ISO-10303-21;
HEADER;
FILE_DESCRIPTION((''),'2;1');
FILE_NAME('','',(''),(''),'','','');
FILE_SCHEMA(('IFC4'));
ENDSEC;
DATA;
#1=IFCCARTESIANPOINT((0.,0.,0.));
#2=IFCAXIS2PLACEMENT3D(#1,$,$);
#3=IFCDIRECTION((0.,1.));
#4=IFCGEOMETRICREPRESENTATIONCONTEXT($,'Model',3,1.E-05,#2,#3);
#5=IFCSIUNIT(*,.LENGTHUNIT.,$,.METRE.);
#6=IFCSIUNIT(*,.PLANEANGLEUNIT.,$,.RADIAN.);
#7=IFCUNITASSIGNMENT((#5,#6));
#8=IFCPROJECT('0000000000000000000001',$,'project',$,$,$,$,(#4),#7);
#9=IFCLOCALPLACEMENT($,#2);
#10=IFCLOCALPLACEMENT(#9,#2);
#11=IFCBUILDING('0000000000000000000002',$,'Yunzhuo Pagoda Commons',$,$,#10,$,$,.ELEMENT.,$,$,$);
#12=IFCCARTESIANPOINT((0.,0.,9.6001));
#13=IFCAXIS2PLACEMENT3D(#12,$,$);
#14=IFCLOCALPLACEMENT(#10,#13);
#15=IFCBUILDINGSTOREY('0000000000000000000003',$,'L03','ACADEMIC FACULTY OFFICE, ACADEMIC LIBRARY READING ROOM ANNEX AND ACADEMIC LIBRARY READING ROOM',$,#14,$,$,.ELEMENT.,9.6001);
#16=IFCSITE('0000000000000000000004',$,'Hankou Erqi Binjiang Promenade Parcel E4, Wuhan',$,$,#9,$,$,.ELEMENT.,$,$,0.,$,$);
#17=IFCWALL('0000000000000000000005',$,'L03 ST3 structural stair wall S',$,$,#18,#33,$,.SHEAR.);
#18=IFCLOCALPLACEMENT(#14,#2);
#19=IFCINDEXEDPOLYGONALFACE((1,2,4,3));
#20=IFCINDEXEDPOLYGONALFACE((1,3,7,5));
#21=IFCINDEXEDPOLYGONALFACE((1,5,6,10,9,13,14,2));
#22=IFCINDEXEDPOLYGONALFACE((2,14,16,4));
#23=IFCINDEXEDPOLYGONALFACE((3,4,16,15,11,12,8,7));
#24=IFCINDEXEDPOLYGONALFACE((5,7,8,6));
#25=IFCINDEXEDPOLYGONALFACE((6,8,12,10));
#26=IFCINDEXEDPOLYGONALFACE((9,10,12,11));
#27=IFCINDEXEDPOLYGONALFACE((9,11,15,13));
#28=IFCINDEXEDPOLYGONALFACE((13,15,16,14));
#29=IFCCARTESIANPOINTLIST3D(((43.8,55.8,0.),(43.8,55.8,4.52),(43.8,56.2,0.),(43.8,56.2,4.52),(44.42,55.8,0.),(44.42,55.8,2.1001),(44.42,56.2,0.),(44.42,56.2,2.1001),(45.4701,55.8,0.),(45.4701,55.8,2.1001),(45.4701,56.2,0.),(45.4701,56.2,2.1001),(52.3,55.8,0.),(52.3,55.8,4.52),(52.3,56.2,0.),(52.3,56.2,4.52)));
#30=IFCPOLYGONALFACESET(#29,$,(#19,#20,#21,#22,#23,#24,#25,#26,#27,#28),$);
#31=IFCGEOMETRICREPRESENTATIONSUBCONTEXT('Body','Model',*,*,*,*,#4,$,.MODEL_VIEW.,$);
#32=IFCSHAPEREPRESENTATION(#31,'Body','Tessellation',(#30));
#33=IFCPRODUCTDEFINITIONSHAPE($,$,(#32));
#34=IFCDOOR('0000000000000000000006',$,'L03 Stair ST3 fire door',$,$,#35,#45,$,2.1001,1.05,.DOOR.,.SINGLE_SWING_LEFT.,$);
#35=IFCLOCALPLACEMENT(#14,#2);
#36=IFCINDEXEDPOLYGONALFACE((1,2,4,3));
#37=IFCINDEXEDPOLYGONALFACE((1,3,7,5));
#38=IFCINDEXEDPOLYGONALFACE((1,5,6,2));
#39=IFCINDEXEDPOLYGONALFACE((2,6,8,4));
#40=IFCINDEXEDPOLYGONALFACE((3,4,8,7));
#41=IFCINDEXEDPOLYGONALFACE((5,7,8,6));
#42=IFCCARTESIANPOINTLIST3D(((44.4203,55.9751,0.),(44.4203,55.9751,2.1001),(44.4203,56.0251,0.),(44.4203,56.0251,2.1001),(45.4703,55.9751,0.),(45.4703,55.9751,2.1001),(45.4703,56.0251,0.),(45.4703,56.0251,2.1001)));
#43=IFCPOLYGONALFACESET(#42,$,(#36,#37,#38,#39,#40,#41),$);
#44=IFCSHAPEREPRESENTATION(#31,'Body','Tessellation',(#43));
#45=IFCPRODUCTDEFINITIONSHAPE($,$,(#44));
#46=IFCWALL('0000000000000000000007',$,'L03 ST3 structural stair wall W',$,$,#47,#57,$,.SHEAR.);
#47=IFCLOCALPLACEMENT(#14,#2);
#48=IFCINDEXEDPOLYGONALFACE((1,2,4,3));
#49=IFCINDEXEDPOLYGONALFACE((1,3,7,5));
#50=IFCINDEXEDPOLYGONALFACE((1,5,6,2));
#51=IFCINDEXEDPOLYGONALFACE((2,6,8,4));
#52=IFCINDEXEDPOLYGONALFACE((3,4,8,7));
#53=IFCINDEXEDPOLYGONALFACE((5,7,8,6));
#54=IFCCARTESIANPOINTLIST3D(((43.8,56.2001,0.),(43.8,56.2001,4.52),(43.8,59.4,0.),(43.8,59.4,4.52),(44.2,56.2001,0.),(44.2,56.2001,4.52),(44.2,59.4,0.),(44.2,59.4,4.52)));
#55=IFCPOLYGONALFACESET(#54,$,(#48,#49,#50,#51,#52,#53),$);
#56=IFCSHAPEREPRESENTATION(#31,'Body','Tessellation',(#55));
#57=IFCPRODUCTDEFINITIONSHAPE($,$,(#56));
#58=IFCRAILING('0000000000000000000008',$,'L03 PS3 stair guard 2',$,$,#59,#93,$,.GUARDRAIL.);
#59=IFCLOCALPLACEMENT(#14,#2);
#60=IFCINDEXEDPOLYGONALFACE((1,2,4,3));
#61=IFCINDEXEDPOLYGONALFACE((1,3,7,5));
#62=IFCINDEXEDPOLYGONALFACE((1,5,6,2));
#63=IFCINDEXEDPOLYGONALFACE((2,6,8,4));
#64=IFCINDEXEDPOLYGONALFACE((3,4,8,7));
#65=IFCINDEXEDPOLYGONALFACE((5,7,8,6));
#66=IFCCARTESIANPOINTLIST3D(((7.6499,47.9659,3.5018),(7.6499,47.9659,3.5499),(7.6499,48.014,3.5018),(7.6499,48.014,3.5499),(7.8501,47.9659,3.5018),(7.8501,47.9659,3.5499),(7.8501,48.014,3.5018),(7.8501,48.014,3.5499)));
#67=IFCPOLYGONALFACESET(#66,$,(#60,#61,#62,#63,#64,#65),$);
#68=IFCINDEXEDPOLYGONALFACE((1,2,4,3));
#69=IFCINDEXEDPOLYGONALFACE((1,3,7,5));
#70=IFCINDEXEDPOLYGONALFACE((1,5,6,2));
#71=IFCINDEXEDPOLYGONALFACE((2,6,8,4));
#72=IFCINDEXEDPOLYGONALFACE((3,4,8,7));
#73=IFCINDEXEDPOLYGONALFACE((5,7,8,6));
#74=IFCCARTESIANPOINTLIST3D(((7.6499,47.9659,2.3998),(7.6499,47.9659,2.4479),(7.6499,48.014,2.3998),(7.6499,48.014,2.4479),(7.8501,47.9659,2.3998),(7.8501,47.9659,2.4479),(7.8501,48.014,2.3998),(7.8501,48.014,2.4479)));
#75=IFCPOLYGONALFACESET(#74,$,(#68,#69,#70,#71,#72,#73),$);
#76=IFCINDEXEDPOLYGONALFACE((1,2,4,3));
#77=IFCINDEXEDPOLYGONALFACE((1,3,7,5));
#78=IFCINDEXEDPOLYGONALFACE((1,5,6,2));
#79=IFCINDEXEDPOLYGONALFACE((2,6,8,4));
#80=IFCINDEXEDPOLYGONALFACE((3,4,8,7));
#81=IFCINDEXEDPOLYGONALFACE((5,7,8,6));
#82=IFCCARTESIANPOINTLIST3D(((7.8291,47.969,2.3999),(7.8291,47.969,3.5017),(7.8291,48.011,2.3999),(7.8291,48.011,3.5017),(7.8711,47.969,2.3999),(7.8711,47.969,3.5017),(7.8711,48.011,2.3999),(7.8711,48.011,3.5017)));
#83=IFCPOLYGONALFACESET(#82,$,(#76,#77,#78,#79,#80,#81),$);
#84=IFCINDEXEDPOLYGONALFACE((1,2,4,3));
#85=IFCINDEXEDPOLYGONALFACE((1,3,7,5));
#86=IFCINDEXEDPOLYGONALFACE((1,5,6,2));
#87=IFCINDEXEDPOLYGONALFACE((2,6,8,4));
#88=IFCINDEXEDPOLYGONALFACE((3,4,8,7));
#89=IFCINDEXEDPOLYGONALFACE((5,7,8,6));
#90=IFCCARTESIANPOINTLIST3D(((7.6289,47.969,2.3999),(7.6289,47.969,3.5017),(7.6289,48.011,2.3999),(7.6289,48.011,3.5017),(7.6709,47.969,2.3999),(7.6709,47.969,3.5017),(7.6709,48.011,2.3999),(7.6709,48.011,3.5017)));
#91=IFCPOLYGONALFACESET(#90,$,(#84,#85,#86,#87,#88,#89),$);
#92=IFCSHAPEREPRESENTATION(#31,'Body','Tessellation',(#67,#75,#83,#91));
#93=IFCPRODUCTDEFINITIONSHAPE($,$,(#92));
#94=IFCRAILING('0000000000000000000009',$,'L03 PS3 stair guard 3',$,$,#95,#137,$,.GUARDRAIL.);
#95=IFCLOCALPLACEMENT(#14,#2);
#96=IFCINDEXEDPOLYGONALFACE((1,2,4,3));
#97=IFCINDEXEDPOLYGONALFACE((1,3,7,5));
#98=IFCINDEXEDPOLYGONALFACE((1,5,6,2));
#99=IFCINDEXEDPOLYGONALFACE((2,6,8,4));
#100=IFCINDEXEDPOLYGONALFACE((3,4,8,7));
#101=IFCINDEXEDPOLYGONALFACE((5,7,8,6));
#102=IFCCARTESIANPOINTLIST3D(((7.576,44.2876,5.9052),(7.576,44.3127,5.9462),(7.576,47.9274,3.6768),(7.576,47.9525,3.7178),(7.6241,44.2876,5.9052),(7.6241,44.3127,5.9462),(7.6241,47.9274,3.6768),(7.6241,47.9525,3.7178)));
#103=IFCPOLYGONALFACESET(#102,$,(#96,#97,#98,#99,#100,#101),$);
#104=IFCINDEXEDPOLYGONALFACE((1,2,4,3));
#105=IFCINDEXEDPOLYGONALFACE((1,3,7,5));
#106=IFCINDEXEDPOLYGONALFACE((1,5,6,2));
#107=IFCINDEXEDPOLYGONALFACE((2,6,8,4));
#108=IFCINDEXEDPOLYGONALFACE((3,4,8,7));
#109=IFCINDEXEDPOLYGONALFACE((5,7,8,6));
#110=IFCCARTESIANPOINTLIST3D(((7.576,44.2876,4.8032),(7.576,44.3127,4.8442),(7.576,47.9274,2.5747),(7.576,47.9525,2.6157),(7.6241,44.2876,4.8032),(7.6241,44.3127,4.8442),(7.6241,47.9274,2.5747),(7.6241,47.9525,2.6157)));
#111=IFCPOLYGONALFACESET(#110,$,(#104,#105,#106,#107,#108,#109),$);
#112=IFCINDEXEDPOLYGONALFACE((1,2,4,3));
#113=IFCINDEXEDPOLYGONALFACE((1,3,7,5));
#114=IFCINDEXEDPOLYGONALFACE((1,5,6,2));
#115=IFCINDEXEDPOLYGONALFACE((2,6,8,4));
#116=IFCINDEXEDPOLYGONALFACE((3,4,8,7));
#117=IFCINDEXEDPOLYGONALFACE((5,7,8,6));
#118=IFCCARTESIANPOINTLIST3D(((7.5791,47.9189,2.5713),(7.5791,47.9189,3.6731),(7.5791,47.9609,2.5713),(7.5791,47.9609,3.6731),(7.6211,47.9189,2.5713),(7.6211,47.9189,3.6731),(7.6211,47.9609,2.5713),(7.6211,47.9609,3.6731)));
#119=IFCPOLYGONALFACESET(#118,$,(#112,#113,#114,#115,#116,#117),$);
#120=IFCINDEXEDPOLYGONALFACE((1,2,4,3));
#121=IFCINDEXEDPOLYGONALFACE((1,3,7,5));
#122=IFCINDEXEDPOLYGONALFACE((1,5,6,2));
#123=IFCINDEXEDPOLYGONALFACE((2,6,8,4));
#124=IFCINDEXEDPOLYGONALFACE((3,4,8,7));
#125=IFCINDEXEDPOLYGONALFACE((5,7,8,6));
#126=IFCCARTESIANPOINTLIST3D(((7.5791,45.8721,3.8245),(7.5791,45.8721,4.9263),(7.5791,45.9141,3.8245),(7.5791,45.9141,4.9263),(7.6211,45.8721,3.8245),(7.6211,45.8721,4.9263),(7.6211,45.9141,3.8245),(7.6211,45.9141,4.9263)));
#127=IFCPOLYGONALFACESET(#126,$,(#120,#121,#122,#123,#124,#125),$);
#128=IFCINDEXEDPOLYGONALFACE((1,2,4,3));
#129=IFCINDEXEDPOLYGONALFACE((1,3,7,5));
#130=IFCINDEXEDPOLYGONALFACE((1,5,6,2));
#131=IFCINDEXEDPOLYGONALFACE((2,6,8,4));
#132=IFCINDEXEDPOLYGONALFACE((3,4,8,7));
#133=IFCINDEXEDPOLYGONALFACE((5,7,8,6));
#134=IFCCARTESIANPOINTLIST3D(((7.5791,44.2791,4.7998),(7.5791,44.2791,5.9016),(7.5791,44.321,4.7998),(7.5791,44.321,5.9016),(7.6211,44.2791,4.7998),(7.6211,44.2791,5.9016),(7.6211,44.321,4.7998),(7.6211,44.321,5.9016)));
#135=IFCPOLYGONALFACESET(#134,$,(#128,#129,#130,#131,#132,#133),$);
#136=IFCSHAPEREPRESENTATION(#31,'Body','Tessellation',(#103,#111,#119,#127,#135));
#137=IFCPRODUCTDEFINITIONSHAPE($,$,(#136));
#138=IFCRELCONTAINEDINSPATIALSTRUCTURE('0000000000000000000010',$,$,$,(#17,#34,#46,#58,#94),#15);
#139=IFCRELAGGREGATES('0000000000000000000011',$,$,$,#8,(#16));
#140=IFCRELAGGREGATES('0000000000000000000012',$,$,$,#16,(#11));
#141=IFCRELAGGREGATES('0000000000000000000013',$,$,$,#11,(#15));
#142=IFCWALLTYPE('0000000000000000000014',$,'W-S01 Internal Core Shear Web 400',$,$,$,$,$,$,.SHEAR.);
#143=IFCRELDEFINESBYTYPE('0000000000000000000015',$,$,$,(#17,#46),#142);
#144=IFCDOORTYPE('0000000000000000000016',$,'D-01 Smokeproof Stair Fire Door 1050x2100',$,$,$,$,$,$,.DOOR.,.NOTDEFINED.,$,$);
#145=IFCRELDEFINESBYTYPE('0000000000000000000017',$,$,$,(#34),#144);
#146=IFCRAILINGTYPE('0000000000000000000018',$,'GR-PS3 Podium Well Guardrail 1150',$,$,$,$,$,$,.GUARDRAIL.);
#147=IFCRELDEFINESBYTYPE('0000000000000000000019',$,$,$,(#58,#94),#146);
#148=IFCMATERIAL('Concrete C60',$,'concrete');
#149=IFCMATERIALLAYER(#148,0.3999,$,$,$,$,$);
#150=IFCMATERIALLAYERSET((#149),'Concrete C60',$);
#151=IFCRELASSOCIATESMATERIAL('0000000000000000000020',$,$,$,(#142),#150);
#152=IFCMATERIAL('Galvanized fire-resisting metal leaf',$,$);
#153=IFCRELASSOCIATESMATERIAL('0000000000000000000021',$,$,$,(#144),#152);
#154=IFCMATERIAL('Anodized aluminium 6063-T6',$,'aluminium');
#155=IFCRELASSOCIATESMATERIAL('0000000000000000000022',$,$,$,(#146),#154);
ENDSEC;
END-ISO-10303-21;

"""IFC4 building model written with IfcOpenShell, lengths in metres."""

from ifc_helpers import new_model, si_unit, direction, frame, frame_2d, origin, origin_2d, place, context, subcontext, project, spatial, rectangle, extrude, source, transform, mapped, material, layer, layer_set, type_object, element, fill, save


model = new_model("IFC4")

# Units and contexts
model_context = context("Model", 3, precision=1e-05, world=origin(), true_north=direction((0.0, 1.0)))
body_context = subcontext(model_context, "Body", "Model", "MODEL_VIEW")
ifc_project = project(units=[si_unit("LENGTHUNIT", "METRE"), si_unit("PLANEANGLEUNIT", "RADIAN")], contexts=[model_context])

# Site, building, storey
site_placement = place(None, origin())
site = spatial("IfcSite", under=ifc_project, at=site_placement, Name="Hankou Erqi Binjiang Promenade Parcel E4, Wuhan", CompositionType="ELEMENT", RefElevation=0.0)
building_placement = place(site_placement, origin())
building = spatial("IfcBuilding", under=site, at=building_placement, Name="Yunzhuo Pagoda Commons", CompositionType="ELEMENT")
storey_placement = place(building_placement, frame((0.0, 0.0, 9.6001)))
storey = spatial("IfcBuildingStorey", under=building, at=storey_placement, Name="L03", Description="ACADEMIC FACULTY OFFICE, ACADEMIC LIBRARY READING ROOM ANNEX AND ACADEMIC LIBRARY READING ROOM", CompositionType="ELEMENT", Elevation=9.6001)

# Shared definitions
ifc_material_1 = material(Name="Concrete C60", Category="concrete")
ifc_layer = layer(ifc_material_1, 0.3999)
ifc_layer_set = layer_set([ifc_layer], Name="Concrete C60")
wall_type = type_object("IfcWallType", Name="W-S01 Internal Core Shear Web 400", PredefinedType="SHEAR", material=ifc_layer_set)

# Wall, opening, door
wall_1_placement = place(storey_placement, frame((43.8, 56.0, 0.0), z_axis=(0.0, 0.0, 1.0), x_axis=(1.0, 0.0, 0.0)))
wall_1 = element("IfcWall", 1, at=wall_1_placement, inside=storey, type_object=wall_type, Name="L03 ST3 structural stair wall S", PredefinedType="SHEAR", context=body_context, shape_type="SweptSolid", body=[
    extrude(rectangle(XDim=8.5, YDim=0.3999, at=frame_2d((4.25, 0.0))), origin(), (0.0, 0.0, 1.0), 4.52),
])
opening_placement = place(wall_1_placement, frame((0.6201, 0.0, 0.0)))
opening = element("IfcOpeningElement", 2, at=opening_placement, cuts=wall_1, PredefinedType="OPENING", context=body_context, shape_type="SweptSolid", body=[
    extrude(rectangle(XDim=1.05, YDim=2.1001, at=frame_2d((0.5249, 1.05))), frame((0.0, 0.21, 0.0), z_axis=(0.0, -1.0, 0.0), x_axis=(1.0, 0.0, 0.0)), (0.0, 0.0, 1.0), 0.4199),
])
ifc_material_2 = material(Name="Galvanized fire-resisting metal leaf")
door_type = type_object("IfcDoorType", Name="D-01 Smokeproof Stair Fire Door 1050x2100", OperationType="NOTDEFINED", PredefinedType="DOOR", material=ifc_material_2)
shared_shape_1 = source(origin(), body_context, "Body", "SweptSolid", [
    extrude(rectangle(XDim=1.05, YDim=2.1001, at=frame_2d((0.5249, 1.05))), frame((0.0, 0.0249, 0.0), z_axis=(0.0, -1.0, 0.0), x_axis=(1.0, 0.0, 0.0)), (0.0, 0.0, 1.0), 0.05),
])
door_placement = place(opening_placement, frame((1.05, 0.0, 0.0), z_axis=(0.0, 0.0, 1.0), x_axis=(-1.0, 0.0, 0.0)))
door = element("IfcDoor", 3, at=door_placement, inside=storey, type_object=door_type, Name="L03 Stair ST3 fire door", OperationType="SINGLE_SWING_LEFT", OverallHeight=2.1001, OverallWidth=1.05, PredefinedType="DOOR", context=body_context, shape_type="MappedRepresentation", body=[
    mapped(shared_shape_1, transform((0.0, 0.0, 0.0), scale=1.0)),
])
fill(opening, door)

# Wall
wall_2_placement = place(storey_placement, frame((44.0, 56.2, 0.0), z_axis=(0.0, 0.0, 1.0), x_axis=(0.0, 1.0, 0.0)))
element("IfcWall", 4, at=wall_2_placement, inside=storey, type_object=wall_type, Name="L03 ST3 structural stair wall W", PredefinedType="SHEAR", context=body_context, shape_type="SweptSolid", body=[
    extrude(rectangle(XDim=3.2, YDim=0.3999, at=frame_2d((1.6001, 0.0))), origin(), (0.0, 0.0, 1.0), 4.52),
])

# Railings
ifc_material_3 = material(Name="Anodized aluminium 6063-T6", Category="aluminium")
railing_type = type_object("IfcRailingType", Name="GR-PS3 Podium Well Guardrail 1150", PredefinedType="GUARDRAIL", material=ifc_material_3)
railing_1_placement = place(storey_placement, frame((7.8501, 47.99, 2.3999)))
element("IfcRailing", 5, at=railing_1_placement, inside=storey, type_object=railing_type, Name="L03 PS3 stair guard 2", PredefinedType="GUARDRAIL", context=body_context, shape_type="SweptSolid", body=[
    extrude(rectangle(XDim=0.0481, YDim=0.0481, at=origin_2d()), frame((0.0, 0.0, 1.126), z_axis=(-1.0, 0.0, 0.0), x_axis=(0.0, -1.0, 0.0)), (0.0, 0.0, 1.0), 0.2002),
    extrude(rectangle(XDim=0.0481, YDim=0.0481, at=origin_2d()), frame((0.0, 0.0, 0.0239), z_axis=(-1.0, 0.0, 0.0), x_axis=(0.0, -1.0, 0.0)), (0.0, 0.0, 1.0), 0.2002),
    extrude(rectangle(XDim=0.042, YDim=0.042, at=origin_2d()), origin(), (0.0, 0.0, 1.0), 1.1018),
    extrude(rectangle(XDim=0.042, YDim=0.042, at=origin_2d()), frame((-0.2002, 0.0, 0.0)), (0.0, 0.0, 1.0), 1.1018),
])
railing_2_placement = place(storey_placement, frame((7.6001, 47.9399, 2.5713)))
element("IfcRailing", 6, at=railing_2_placement, inside=storey, type_object=railing_type, Name="L03 PS3 stair guard 3", PredefinedType="GUARDRAIL", context=body_context, shape_type="SweptSolid", body=[
    extrude(rectangle(XDim=0.0481, YDim=0.0481, at=origin_2d()), frame((0.0, 0.0, 1.126), z_axis=(0.0, -0.85285, 0.522156), x_axis=(1.0, 0.0, 0.0)), (0.0, 0.0, 1.0), 4.2678),
    extrude(rectangle(XDim=0.0481, YDim=0.0481, at=origin_2d()), frame((0.0, 0.0, 0.0239), z_axis=(0.0, -0.85285, 0.522156), x_axis=(1.0, 0.0, 0.0)), (0.0, 0.0, 1.0), 4.2678),
    extrude(rectangle(XDim=0.042, YDim=0.042, at=origin_2d()), origin(), (0.0, 0.0, 1.0), 1.1018),
    extrude(rectangle(XDim=0.042, YDim=0.042, at=origin_2d()), frame((0.0, -2.0469, 1.2532)), (0.0, 0.0, 1.0), 1.1018),
    extrude(rectangle(XDim=0.042, YDim=0.042, at=origin_2d()), frame((0.0, -3.6399, 2.2285)), (0.0, 0.0, 1.0), 1.1018),
])

save(model, "model.ifc")
